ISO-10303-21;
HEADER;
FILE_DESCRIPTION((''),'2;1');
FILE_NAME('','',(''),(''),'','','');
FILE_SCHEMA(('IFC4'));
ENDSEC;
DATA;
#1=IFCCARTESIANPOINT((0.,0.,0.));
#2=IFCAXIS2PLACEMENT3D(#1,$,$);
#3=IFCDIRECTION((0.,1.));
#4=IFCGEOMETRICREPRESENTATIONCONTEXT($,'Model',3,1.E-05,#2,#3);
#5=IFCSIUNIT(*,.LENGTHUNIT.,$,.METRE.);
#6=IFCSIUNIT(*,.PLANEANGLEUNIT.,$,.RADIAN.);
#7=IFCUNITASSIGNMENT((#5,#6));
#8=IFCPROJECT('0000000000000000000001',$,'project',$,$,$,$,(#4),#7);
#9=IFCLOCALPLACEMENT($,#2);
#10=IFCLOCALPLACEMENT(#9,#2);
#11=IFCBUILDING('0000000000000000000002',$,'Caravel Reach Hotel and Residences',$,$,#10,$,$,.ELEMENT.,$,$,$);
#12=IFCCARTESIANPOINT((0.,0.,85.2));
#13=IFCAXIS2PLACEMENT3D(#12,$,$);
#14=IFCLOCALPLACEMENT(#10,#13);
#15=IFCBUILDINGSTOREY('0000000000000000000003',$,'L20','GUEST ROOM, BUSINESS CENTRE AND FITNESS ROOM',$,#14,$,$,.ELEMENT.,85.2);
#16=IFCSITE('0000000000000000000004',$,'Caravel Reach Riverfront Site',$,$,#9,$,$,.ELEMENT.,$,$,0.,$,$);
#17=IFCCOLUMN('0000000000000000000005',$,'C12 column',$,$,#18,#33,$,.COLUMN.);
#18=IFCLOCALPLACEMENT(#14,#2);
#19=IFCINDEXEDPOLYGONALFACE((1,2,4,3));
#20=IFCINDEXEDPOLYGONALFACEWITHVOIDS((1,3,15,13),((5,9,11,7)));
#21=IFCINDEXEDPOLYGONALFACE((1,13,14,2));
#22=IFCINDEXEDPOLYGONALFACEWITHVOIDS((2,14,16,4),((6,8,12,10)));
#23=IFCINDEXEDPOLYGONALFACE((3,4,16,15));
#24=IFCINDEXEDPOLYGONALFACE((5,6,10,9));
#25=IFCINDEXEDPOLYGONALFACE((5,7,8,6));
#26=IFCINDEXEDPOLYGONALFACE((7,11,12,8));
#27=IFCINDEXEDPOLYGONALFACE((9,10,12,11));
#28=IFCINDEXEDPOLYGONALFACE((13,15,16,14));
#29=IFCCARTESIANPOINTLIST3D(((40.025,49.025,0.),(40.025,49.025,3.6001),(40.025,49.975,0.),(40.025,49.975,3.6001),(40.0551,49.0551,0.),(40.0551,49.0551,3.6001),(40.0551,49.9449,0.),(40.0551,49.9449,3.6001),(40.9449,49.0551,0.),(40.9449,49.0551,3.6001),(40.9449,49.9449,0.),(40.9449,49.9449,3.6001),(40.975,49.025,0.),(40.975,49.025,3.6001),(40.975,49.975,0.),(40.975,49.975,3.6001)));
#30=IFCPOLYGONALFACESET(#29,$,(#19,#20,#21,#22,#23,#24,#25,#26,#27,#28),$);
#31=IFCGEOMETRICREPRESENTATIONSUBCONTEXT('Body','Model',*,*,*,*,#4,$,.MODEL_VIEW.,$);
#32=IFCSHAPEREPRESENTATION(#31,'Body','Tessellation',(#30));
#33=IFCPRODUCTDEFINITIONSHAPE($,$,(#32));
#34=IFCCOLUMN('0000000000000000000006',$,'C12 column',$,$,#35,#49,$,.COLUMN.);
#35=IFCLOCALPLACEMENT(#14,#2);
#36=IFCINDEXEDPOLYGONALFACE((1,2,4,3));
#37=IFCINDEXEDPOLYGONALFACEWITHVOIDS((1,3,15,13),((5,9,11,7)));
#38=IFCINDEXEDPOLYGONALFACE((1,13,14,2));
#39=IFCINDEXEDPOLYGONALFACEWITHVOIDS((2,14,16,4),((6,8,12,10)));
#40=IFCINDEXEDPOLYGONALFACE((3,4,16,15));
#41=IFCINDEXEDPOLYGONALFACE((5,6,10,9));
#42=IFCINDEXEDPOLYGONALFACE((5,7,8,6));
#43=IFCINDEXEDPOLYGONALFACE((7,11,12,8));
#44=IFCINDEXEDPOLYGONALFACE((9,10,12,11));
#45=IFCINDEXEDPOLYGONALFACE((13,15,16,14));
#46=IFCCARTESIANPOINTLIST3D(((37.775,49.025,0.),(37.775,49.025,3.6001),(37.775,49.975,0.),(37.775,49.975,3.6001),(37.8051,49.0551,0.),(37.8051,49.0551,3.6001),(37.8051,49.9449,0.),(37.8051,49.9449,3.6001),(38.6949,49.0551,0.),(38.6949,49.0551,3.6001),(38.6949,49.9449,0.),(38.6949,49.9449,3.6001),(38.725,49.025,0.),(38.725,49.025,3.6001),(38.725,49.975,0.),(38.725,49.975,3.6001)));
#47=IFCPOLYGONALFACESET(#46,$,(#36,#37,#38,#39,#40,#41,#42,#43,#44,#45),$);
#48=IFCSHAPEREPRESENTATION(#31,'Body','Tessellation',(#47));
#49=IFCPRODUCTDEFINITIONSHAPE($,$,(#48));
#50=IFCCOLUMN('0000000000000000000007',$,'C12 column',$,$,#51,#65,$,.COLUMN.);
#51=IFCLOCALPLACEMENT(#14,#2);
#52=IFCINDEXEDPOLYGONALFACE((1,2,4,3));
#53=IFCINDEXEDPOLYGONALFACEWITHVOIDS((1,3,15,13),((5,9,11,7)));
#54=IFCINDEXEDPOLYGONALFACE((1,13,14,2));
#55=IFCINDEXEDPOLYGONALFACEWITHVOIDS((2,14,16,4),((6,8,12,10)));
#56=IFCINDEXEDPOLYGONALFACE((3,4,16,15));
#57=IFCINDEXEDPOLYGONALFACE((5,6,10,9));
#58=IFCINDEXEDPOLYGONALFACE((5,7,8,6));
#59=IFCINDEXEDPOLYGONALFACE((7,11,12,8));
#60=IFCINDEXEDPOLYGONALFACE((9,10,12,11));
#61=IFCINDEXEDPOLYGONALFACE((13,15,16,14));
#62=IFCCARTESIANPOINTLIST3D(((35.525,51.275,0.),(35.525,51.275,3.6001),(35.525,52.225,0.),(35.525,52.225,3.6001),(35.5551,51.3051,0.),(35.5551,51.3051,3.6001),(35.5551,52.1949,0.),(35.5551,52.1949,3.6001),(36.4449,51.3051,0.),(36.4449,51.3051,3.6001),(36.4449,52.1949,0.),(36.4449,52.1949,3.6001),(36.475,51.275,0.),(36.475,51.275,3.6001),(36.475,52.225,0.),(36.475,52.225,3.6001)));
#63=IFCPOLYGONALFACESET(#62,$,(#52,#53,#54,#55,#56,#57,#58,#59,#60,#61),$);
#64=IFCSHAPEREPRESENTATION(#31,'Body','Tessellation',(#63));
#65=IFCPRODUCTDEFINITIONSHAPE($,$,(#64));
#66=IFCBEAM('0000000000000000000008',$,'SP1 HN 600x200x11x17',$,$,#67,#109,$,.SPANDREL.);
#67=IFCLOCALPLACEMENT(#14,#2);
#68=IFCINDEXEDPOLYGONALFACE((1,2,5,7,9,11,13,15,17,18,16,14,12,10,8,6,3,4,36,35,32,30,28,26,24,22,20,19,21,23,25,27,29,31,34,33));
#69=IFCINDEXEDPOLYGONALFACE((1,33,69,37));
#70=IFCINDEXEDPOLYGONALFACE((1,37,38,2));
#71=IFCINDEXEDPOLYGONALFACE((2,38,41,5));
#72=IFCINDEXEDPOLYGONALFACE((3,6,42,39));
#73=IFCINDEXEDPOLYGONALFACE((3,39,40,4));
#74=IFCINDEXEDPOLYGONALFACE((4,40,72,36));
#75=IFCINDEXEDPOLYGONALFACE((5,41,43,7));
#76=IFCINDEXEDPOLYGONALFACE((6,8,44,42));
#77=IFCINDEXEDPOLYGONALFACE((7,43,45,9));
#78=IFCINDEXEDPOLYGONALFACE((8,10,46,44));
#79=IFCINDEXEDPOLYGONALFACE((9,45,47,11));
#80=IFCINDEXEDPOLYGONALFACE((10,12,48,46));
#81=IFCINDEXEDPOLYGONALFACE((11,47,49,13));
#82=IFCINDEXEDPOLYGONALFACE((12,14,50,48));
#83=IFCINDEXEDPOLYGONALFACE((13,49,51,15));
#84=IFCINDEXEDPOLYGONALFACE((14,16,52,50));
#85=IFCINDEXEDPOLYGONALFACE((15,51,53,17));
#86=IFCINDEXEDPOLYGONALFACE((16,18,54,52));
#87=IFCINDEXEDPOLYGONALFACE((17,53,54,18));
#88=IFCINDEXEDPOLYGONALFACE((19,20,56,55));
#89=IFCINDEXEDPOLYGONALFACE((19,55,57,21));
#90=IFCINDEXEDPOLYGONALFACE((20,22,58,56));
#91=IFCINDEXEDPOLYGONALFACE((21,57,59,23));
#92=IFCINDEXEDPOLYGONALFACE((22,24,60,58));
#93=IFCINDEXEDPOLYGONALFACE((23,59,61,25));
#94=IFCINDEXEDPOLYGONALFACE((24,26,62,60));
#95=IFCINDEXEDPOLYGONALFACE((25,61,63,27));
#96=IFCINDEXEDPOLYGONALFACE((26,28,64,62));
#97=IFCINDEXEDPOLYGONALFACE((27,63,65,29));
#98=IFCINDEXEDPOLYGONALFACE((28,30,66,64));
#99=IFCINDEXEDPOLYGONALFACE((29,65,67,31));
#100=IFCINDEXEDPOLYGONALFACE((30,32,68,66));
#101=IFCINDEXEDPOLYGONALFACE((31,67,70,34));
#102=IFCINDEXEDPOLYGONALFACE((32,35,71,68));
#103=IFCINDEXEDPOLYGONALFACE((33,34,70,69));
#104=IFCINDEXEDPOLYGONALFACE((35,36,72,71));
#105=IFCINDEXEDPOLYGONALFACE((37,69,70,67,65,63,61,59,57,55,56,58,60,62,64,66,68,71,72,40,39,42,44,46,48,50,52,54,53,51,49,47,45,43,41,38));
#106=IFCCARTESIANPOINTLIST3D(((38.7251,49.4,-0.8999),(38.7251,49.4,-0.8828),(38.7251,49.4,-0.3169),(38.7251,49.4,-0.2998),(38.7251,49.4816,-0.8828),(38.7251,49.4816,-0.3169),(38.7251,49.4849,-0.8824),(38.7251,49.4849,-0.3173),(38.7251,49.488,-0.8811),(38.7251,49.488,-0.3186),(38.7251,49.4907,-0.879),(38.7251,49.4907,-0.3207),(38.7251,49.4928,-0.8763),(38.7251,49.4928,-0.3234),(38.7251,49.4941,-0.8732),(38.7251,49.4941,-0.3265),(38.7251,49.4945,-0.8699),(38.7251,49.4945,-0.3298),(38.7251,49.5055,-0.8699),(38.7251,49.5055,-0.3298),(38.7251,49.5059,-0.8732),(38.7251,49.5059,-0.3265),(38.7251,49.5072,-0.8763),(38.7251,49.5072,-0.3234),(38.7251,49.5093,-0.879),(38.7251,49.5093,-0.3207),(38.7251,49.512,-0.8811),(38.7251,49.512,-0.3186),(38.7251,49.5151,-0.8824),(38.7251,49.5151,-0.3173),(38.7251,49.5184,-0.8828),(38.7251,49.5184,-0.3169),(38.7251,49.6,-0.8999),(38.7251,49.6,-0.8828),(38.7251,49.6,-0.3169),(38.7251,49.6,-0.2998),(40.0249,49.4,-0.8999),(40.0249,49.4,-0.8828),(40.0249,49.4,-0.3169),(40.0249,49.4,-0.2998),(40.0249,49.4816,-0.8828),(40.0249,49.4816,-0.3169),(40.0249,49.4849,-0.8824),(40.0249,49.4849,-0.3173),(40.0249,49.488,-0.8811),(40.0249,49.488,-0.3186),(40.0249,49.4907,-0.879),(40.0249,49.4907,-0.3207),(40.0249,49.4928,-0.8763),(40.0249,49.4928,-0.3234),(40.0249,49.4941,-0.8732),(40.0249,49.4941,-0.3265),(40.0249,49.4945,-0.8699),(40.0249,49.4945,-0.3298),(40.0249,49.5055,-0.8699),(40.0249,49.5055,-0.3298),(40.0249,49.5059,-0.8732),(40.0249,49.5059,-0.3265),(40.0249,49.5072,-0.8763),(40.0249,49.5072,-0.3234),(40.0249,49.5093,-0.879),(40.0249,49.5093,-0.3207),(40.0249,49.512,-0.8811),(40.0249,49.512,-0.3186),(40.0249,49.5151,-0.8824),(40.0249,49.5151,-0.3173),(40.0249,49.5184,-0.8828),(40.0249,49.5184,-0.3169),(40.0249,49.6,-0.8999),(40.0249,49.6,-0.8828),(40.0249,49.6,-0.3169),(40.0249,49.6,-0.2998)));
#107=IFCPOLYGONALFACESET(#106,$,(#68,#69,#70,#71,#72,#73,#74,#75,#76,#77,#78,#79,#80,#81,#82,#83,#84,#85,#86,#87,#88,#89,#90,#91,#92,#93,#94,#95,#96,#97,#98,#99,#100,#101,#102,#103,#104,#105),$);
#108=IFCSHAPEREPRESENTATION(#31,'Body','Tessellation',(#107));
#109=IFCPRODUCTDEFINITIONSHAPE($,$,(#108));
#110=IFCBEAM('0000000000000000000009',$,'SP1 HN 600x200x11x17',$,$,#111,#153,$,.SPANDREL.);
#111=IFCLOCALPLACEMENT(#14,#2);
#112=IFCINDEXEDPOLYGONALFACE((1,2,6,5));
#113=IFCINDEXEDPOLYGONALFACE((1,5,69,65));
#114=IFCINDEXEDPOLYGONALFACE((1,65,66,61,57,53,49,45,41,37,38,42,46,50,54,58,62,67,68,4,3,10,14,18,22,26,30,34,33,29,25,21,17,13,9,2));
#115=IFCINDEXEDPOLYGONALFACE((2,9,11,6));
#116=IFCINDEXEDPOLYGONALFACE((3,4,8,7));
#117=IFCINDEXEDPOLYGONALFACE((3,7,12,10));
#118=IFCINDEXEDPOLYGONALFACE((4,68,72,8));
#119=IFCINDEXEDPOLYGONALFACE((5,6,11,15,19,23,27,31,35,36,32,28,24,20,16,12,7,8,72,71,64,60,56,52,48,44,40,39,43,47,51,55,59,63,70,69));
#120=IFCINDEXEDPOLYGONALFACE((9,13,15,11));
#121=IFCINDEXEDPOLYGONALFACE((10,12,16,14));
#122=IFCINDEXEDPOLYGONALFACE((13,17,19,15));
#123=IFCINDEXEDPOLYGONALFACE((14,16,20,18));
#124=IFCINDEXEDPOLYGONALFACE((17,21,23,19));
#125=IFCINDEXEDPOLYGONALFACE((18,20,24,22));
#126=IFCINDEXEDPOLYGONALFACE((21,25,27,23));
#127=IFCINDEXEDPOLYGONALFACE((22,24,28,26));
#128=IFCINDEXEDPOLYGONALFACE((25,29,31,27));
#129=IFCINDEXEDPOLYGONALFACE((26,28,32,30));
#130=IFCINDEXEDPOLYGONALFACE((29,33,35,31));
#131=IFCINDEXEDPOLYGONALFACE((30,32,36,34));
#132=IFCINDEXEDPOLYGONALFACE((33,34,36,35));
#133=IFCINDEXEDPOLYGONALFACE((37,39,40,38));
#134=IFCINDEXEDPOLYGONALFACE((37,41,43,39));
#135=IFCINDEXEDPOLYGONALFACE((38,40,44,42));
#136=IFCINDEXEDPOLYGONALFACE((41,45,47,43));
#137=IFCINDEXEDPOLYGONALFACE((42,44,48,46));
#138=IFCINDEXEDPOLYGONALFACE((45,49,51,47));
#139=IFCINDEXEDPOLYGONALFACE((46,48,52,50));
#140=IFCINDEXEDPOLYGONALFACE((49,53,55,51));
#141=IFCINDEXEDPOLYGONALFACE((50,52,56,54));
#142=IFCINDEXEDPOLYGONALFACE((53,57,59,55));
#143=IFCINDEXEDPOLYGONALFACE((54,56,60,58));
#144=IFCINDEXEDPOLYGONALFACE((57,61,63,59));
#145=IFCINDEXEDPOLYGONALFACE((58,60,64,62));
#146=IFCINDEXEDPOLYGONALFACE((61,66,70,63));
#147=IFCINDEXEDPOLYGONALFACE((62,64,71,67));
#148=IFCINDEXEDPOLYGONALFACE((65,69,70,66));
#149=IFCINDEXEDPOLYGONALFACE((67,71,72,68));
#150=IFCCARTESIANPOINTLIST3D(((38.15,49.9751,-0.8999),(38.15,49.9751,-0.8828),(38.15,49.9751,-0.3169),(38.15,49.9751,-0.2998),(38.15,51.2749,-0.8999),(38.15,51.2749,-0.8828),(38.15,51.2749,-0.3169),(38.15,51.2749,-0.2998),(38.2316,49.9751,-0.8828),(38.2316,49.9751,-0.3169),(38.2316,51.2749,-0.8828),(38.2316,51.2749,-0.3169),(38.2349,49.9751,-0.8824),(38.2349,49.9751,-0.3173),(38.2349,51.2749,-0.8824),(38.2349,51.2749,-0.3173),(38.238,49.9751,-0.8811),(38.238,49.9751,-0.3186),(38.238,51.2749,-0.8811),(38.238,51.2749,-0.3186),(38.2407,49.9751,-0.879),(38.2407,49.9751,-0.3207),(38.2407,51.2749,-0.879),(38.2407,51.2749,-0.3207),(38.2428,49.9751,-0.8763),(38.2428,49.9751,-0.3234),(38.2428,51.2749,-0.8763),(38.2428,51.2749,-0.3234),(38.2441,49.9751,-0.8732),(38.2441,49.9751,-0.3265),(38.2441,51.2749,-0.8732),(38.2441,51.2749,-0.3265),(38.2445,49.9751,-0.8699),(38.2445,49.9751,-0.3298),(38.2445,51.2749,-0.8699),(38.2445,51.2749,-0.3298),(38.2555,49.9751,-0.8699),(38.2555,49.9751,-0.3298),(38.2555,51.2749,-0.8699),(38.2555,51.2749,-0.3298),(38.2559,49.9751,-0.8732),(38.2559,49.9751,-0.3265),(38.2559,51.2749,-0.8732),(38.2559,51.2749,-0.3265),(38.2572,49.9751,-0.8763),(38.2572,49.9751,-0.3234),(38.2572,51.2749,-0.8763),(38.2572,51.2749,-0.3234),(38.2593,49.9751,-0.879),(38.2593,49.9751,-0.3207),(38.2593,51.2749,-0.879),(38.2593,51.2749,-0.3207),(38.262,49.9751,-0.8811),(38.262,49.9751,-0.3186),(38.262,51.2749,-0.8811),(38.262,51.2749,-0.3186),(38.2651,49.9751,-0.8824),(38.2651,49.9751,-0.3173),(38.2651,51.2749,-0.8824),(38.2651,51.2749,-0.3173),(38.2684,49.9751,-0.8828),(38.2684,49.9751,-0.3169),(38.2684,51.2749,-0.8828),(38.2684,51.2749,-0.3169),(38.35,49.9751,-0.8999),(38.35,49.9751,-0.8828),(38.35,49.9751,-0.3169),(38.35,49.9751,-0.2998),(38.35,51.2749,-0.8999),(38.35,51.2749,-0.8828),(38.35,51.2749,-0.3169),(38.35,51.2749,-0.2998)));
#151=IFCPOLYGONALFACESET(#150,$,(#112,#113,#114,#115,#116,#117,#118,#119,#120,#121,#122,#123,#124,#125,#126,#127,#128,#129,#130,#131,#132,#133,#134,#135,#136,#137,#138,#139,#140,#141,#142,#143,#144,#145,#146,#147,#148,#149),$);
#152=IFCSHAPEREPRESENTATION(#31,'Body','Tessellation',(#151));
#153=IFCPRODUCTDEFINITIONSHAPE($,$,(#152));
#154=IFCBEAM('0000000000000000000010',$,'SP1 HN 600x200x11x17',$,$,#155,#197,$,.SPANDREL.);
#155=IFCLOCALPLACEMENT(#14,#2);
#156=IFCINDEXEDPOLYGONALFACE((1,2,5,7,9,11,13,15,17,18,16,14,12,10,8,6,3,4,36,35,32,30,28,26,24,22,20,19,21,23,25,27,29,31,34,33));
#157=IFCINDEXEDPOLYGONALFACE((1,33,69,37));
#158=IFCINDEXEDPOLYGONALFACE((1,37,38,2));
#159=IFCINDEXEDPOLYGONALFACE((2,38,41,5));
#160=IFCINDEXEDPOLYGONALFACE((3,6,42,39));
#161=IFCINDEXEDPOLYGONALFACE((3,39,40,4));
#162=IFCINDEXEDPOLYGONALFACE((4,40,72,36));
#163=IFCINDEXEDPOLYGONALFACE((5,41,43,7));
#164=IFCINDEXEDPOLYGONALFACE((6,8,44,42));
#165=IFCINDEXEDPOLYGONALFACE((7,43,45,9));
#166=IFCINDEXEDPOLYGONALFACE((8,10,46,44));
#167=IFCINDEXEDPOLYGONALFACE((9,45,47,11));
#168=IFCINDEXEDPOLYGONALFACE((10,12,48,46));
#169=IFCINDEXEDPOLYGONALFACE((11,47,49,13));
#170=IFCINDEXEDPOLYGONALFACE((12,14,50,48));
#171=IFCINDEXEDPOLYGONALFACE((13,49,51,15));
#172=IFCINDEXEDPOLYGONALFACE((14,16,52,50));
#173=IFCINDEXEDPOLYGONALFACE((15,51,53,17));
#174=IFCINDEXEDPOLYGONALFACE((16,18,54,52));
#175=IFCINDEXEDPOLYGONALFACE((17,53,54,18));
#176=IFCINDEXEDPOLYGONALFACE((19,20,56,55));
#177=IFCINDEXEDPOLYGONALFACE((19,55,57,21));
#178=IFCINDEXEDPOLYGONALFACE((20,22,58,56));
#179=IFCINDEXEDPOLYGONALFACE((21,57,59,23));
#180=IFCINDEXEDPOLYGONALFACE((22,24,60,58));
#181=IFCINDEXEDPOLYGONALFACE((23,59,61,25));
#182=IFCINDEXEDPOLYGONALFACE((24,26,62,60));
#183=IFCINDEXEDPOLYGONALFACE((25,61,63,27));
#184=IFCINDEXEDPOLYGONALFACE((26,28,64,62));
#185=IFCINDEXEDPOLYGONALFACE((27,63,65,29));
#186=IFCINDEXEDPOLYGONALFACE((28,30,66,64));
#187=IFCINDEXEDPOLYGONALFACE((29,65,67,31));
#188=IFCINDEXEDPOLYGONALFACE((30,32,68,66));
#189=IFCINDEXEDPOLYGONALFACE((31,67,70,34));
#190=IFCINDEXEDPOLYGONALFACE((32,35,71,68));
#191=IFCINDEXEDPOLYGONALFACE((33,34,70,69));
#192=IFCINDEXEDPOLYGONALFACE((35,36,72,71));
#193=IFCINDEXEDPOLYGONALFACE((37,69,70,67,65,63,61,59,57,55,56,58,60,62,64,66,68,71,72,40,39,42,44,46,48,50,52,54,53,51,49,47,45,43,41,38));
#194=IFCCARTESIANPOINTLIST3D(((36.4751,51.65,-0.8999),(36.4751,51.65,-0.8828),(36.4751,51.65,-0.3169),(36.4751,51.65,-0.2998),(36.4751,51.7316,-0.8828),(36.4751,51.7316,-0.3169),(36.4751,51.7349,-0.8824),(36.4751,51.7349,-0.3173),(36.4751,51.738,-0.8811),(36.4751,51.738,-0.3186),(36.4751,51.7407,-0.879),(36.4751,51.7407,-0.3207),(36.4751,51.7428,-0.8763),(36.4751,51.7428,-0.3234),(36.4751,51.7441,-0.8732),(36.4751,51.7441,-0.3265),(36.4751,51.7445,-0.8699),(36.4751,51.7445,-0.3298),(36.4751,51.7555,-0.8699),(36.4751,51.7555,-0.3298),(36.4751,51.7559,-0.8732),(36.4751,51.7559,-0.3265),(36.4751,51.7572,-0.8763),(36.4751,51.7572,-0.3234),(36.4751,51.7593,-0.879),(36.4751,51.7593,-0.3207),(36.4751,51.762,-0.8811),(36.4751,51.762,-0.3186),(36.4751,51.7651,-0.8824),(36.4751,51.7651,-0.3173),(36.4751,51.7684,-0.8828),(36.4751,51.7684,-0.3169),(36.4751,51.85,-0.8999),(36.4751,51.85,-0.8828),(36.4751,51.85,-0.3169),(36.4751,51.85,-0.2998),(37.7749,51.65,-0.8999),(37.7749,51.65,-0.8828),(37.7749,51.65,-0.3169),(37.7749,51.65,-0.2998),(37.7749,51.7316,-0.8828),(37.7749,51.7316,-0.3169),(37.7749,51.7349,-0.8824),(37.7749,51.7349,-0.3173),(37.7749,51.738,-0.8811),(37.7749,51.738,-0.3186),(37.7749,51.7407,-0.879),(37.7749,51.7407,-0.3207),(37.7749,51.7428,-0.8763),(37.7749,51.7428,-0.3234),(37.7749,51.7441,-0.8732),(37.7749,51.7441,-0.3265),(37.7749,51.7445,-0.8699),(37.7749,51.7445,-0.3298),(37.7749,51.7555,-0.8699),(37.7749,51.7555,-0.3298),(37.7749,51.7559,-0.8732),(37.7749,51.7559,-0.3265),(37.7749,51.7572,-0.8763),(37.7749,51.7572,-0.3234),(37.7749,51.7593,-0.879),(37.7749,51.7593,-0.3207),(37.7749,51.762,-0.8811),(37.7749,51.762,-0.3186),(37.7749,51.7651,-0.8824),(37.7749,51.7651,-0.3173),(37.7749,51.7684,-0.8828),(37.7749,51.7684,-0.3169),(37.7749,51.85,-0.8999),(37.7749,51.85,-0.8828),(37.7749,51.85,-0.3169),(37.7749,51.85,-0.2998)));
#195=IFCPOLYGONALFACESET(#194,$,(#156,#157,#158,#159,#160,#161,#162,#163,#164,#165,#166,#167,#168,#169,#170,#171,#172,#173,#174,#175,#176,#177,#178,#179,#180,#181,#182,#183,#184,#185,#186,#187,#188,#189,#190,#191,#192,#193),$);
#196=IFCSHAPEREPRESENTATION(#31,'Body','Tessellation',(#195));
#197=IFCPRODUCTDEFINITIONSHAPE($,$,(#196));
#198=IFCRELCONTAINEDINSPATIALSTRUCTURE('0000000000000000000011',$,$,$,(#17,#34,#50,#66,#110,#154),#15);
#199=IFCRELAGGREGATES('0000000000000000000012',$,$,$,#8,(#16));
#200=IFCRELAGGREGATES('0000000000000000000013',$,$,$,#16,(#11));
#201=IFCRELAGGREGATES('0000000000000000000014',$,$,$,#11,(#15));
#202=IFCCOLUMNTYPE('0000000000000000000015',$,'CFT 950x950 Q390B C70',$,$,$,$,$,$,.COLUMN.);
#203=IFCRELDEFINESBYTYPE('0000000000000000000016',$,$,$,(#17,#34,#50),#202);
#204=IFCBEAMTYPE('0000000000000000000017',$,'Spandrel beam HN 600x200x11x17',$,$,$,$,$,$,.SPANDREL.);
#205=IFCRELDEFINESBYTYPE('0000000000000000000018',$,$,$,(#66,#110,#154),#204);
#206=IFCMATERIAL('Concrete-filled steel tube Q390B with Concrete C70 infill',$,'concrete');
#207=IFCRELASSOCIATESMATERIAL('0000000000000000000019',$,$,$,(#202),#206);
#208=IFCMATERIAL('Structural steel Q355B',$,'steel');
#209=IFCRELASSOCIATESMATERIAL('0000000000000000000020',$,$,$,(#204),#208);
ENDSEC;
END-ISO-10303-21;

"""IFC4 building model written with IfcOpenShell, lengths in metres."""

from ifc_helpers import new_model, si_unit, direction, frame, origin, origin_2d, place, context, subcontext, project, spatial, hollow_rectangle, i_section, extrude, material, material_profile, profile_set, type_object, element, save


model = new_model("IFC4")

# Units and contexts
model_context = context("Model", 3, precision=1e-05, world=origin(), true_north=direction((0.0, 1.0)))
body_context = subcontext(model_context, "Body", "Model", "MODEL_VIEW")
ifc_project = project(units=[si_unit("LENGTHUNIT", "METRE"), si_unit("PLANEANGLEUNIT", "RADIAN")], contexts=[model_context])

# Site, building, storey
site_placement = place(None, origin())
site = spatial("IfcSite", under=ifc_project, at=site_placement, Name="Caravel Reach Riverfront Site", CompositionType="ELEMENT", RefElevation=0.0)
building_placement = place(site_placement, origin())
building = spatial("IfcBuilding", under=site, at=building_placement, Name="Caravel Reach Hotel and Residences", CompositionType="ELEMENT")
storey_placement = place(building_placement, frame((0.0, 0.0, 85.2)))
storey = spatial("IfcBuildingStorey", under=building, at=storey_placement, Name="L20", Description="GUEST ROOM, BUSINESS CENTRE AND FITNESS ROOM", CompositionType="ELEMENT", Elevation=85.2)

# Columns
ifc_material_1 = material(Name="Concrete-filled steel tube Q390B with Concrete C70 infill", Category="concrete")
ifc_material_profile_1 = material_profile(ifc_material_1, hollow_rectangle(XDim=0.95, YDim=0.95, WallThickness=0.03, at=origin_2d()), Name="RHS 950x950x30")
ifc_profile_set_1 = profile_set([ifc_material_profile_1], Name="Concrete-filled steel tube Q390B with Concrete C70 infill")
column_type = type_object("IfcColumnType", Name="CFT 950x950 Q390B C70", PredefinedType="COLUMN", material=ifc_profile_set_1)
for number, where, z_axis, x_axis, name in (
    (1, (40.5, 49.5, 0.0), (0.0, 0.0, 1.0), (1.0, 0.0, 0.0), "C12 column"),
    (2, (38.25, 49.5, 0.0), (0.0, 0.0, 1.0), (1.0, 0.0, 0.0), "C12 column"),
    (3, (36.0, 51.75, 0.0), (0.0, 0.0, 1.0), (1.0, 0.0, 0.0), "C12 column"),
):
    element("IfcColumn", number, at=place(storey_placement, frame(where, z_axis=z_axis, x_axis=x_axis)), inside=storey, type_object=column_type, Name=name, PredefinedType="COLUMN", context=body_context, shape_type="SweptSolid", body=[
        extrude(hollow_rectangle(XDim=0.95, YDim=0.95, WallThickness=0.03, at=origin_2d()), origin(), (0.0, 0.0, 1.0), 3.6001),
    ])

# Beams
ifc_material_2 = material(Name="Structural steel Q355B", Category="steel")
ifc_material_profile_2 = material_profile(ifc_material_2, i_section(OverallWidth=0.2, OverallDepth=0.6001, WebThickness=0.011, FlangeThickness=0.0171, FilletRadius=0.0129, at=origin_2d()), Name="HN 600x200x11x17")
ifc_profile_set_2 = profile_set([ifc_material_profile_2], Name="Structural steel Q355B")
beam_type = type_object("IfcBeamType", Name="Spandrel beam HN 600x200x11x17", PredefinedType="SPANDREL", material=ifc_profile_set_2)
for number, where, z_axis, x_axis, name in (
    (4, (40.0249, 49.5, -0.5999), (-1.0, 0.0, 0.0), (0.0, -1.0, 0.0), "SP1 HN 600x200x11x17"),
    (5, (38.25, 49.9751, -0.5999), (0.0, 1.0, 0.0), (-1.0, 0.0, 0.0), "SP1 HN 600x200x11x17"),
    (6, (37.7749, 51.75, -0.5999), (-1.0, 0.0, 0.0), (0.0, -1.0, 0.0), "SP1 HN 600x200x11x17"),
):
    element("IfcBeam", number, at=place(storey_placement, frame(where, z_axis=z_axis, x_axis=x_axis)), inside=storey, type_object=beam_type, Name=name, PredefinedType="SPANDREL", context=body_context, shape_type="SweptSolid", body=[
        extrude(i_section(OverallWidth=0.2, OverallDepth=0.6001, WebThickness=0.011, FlangeThickness=0.0171, FilletRadius=0.0129, at=origin_2d()), origin(), (0.0, 0.0, 1.0), 1.2998),
    ])

save(model, "model.ifc")
